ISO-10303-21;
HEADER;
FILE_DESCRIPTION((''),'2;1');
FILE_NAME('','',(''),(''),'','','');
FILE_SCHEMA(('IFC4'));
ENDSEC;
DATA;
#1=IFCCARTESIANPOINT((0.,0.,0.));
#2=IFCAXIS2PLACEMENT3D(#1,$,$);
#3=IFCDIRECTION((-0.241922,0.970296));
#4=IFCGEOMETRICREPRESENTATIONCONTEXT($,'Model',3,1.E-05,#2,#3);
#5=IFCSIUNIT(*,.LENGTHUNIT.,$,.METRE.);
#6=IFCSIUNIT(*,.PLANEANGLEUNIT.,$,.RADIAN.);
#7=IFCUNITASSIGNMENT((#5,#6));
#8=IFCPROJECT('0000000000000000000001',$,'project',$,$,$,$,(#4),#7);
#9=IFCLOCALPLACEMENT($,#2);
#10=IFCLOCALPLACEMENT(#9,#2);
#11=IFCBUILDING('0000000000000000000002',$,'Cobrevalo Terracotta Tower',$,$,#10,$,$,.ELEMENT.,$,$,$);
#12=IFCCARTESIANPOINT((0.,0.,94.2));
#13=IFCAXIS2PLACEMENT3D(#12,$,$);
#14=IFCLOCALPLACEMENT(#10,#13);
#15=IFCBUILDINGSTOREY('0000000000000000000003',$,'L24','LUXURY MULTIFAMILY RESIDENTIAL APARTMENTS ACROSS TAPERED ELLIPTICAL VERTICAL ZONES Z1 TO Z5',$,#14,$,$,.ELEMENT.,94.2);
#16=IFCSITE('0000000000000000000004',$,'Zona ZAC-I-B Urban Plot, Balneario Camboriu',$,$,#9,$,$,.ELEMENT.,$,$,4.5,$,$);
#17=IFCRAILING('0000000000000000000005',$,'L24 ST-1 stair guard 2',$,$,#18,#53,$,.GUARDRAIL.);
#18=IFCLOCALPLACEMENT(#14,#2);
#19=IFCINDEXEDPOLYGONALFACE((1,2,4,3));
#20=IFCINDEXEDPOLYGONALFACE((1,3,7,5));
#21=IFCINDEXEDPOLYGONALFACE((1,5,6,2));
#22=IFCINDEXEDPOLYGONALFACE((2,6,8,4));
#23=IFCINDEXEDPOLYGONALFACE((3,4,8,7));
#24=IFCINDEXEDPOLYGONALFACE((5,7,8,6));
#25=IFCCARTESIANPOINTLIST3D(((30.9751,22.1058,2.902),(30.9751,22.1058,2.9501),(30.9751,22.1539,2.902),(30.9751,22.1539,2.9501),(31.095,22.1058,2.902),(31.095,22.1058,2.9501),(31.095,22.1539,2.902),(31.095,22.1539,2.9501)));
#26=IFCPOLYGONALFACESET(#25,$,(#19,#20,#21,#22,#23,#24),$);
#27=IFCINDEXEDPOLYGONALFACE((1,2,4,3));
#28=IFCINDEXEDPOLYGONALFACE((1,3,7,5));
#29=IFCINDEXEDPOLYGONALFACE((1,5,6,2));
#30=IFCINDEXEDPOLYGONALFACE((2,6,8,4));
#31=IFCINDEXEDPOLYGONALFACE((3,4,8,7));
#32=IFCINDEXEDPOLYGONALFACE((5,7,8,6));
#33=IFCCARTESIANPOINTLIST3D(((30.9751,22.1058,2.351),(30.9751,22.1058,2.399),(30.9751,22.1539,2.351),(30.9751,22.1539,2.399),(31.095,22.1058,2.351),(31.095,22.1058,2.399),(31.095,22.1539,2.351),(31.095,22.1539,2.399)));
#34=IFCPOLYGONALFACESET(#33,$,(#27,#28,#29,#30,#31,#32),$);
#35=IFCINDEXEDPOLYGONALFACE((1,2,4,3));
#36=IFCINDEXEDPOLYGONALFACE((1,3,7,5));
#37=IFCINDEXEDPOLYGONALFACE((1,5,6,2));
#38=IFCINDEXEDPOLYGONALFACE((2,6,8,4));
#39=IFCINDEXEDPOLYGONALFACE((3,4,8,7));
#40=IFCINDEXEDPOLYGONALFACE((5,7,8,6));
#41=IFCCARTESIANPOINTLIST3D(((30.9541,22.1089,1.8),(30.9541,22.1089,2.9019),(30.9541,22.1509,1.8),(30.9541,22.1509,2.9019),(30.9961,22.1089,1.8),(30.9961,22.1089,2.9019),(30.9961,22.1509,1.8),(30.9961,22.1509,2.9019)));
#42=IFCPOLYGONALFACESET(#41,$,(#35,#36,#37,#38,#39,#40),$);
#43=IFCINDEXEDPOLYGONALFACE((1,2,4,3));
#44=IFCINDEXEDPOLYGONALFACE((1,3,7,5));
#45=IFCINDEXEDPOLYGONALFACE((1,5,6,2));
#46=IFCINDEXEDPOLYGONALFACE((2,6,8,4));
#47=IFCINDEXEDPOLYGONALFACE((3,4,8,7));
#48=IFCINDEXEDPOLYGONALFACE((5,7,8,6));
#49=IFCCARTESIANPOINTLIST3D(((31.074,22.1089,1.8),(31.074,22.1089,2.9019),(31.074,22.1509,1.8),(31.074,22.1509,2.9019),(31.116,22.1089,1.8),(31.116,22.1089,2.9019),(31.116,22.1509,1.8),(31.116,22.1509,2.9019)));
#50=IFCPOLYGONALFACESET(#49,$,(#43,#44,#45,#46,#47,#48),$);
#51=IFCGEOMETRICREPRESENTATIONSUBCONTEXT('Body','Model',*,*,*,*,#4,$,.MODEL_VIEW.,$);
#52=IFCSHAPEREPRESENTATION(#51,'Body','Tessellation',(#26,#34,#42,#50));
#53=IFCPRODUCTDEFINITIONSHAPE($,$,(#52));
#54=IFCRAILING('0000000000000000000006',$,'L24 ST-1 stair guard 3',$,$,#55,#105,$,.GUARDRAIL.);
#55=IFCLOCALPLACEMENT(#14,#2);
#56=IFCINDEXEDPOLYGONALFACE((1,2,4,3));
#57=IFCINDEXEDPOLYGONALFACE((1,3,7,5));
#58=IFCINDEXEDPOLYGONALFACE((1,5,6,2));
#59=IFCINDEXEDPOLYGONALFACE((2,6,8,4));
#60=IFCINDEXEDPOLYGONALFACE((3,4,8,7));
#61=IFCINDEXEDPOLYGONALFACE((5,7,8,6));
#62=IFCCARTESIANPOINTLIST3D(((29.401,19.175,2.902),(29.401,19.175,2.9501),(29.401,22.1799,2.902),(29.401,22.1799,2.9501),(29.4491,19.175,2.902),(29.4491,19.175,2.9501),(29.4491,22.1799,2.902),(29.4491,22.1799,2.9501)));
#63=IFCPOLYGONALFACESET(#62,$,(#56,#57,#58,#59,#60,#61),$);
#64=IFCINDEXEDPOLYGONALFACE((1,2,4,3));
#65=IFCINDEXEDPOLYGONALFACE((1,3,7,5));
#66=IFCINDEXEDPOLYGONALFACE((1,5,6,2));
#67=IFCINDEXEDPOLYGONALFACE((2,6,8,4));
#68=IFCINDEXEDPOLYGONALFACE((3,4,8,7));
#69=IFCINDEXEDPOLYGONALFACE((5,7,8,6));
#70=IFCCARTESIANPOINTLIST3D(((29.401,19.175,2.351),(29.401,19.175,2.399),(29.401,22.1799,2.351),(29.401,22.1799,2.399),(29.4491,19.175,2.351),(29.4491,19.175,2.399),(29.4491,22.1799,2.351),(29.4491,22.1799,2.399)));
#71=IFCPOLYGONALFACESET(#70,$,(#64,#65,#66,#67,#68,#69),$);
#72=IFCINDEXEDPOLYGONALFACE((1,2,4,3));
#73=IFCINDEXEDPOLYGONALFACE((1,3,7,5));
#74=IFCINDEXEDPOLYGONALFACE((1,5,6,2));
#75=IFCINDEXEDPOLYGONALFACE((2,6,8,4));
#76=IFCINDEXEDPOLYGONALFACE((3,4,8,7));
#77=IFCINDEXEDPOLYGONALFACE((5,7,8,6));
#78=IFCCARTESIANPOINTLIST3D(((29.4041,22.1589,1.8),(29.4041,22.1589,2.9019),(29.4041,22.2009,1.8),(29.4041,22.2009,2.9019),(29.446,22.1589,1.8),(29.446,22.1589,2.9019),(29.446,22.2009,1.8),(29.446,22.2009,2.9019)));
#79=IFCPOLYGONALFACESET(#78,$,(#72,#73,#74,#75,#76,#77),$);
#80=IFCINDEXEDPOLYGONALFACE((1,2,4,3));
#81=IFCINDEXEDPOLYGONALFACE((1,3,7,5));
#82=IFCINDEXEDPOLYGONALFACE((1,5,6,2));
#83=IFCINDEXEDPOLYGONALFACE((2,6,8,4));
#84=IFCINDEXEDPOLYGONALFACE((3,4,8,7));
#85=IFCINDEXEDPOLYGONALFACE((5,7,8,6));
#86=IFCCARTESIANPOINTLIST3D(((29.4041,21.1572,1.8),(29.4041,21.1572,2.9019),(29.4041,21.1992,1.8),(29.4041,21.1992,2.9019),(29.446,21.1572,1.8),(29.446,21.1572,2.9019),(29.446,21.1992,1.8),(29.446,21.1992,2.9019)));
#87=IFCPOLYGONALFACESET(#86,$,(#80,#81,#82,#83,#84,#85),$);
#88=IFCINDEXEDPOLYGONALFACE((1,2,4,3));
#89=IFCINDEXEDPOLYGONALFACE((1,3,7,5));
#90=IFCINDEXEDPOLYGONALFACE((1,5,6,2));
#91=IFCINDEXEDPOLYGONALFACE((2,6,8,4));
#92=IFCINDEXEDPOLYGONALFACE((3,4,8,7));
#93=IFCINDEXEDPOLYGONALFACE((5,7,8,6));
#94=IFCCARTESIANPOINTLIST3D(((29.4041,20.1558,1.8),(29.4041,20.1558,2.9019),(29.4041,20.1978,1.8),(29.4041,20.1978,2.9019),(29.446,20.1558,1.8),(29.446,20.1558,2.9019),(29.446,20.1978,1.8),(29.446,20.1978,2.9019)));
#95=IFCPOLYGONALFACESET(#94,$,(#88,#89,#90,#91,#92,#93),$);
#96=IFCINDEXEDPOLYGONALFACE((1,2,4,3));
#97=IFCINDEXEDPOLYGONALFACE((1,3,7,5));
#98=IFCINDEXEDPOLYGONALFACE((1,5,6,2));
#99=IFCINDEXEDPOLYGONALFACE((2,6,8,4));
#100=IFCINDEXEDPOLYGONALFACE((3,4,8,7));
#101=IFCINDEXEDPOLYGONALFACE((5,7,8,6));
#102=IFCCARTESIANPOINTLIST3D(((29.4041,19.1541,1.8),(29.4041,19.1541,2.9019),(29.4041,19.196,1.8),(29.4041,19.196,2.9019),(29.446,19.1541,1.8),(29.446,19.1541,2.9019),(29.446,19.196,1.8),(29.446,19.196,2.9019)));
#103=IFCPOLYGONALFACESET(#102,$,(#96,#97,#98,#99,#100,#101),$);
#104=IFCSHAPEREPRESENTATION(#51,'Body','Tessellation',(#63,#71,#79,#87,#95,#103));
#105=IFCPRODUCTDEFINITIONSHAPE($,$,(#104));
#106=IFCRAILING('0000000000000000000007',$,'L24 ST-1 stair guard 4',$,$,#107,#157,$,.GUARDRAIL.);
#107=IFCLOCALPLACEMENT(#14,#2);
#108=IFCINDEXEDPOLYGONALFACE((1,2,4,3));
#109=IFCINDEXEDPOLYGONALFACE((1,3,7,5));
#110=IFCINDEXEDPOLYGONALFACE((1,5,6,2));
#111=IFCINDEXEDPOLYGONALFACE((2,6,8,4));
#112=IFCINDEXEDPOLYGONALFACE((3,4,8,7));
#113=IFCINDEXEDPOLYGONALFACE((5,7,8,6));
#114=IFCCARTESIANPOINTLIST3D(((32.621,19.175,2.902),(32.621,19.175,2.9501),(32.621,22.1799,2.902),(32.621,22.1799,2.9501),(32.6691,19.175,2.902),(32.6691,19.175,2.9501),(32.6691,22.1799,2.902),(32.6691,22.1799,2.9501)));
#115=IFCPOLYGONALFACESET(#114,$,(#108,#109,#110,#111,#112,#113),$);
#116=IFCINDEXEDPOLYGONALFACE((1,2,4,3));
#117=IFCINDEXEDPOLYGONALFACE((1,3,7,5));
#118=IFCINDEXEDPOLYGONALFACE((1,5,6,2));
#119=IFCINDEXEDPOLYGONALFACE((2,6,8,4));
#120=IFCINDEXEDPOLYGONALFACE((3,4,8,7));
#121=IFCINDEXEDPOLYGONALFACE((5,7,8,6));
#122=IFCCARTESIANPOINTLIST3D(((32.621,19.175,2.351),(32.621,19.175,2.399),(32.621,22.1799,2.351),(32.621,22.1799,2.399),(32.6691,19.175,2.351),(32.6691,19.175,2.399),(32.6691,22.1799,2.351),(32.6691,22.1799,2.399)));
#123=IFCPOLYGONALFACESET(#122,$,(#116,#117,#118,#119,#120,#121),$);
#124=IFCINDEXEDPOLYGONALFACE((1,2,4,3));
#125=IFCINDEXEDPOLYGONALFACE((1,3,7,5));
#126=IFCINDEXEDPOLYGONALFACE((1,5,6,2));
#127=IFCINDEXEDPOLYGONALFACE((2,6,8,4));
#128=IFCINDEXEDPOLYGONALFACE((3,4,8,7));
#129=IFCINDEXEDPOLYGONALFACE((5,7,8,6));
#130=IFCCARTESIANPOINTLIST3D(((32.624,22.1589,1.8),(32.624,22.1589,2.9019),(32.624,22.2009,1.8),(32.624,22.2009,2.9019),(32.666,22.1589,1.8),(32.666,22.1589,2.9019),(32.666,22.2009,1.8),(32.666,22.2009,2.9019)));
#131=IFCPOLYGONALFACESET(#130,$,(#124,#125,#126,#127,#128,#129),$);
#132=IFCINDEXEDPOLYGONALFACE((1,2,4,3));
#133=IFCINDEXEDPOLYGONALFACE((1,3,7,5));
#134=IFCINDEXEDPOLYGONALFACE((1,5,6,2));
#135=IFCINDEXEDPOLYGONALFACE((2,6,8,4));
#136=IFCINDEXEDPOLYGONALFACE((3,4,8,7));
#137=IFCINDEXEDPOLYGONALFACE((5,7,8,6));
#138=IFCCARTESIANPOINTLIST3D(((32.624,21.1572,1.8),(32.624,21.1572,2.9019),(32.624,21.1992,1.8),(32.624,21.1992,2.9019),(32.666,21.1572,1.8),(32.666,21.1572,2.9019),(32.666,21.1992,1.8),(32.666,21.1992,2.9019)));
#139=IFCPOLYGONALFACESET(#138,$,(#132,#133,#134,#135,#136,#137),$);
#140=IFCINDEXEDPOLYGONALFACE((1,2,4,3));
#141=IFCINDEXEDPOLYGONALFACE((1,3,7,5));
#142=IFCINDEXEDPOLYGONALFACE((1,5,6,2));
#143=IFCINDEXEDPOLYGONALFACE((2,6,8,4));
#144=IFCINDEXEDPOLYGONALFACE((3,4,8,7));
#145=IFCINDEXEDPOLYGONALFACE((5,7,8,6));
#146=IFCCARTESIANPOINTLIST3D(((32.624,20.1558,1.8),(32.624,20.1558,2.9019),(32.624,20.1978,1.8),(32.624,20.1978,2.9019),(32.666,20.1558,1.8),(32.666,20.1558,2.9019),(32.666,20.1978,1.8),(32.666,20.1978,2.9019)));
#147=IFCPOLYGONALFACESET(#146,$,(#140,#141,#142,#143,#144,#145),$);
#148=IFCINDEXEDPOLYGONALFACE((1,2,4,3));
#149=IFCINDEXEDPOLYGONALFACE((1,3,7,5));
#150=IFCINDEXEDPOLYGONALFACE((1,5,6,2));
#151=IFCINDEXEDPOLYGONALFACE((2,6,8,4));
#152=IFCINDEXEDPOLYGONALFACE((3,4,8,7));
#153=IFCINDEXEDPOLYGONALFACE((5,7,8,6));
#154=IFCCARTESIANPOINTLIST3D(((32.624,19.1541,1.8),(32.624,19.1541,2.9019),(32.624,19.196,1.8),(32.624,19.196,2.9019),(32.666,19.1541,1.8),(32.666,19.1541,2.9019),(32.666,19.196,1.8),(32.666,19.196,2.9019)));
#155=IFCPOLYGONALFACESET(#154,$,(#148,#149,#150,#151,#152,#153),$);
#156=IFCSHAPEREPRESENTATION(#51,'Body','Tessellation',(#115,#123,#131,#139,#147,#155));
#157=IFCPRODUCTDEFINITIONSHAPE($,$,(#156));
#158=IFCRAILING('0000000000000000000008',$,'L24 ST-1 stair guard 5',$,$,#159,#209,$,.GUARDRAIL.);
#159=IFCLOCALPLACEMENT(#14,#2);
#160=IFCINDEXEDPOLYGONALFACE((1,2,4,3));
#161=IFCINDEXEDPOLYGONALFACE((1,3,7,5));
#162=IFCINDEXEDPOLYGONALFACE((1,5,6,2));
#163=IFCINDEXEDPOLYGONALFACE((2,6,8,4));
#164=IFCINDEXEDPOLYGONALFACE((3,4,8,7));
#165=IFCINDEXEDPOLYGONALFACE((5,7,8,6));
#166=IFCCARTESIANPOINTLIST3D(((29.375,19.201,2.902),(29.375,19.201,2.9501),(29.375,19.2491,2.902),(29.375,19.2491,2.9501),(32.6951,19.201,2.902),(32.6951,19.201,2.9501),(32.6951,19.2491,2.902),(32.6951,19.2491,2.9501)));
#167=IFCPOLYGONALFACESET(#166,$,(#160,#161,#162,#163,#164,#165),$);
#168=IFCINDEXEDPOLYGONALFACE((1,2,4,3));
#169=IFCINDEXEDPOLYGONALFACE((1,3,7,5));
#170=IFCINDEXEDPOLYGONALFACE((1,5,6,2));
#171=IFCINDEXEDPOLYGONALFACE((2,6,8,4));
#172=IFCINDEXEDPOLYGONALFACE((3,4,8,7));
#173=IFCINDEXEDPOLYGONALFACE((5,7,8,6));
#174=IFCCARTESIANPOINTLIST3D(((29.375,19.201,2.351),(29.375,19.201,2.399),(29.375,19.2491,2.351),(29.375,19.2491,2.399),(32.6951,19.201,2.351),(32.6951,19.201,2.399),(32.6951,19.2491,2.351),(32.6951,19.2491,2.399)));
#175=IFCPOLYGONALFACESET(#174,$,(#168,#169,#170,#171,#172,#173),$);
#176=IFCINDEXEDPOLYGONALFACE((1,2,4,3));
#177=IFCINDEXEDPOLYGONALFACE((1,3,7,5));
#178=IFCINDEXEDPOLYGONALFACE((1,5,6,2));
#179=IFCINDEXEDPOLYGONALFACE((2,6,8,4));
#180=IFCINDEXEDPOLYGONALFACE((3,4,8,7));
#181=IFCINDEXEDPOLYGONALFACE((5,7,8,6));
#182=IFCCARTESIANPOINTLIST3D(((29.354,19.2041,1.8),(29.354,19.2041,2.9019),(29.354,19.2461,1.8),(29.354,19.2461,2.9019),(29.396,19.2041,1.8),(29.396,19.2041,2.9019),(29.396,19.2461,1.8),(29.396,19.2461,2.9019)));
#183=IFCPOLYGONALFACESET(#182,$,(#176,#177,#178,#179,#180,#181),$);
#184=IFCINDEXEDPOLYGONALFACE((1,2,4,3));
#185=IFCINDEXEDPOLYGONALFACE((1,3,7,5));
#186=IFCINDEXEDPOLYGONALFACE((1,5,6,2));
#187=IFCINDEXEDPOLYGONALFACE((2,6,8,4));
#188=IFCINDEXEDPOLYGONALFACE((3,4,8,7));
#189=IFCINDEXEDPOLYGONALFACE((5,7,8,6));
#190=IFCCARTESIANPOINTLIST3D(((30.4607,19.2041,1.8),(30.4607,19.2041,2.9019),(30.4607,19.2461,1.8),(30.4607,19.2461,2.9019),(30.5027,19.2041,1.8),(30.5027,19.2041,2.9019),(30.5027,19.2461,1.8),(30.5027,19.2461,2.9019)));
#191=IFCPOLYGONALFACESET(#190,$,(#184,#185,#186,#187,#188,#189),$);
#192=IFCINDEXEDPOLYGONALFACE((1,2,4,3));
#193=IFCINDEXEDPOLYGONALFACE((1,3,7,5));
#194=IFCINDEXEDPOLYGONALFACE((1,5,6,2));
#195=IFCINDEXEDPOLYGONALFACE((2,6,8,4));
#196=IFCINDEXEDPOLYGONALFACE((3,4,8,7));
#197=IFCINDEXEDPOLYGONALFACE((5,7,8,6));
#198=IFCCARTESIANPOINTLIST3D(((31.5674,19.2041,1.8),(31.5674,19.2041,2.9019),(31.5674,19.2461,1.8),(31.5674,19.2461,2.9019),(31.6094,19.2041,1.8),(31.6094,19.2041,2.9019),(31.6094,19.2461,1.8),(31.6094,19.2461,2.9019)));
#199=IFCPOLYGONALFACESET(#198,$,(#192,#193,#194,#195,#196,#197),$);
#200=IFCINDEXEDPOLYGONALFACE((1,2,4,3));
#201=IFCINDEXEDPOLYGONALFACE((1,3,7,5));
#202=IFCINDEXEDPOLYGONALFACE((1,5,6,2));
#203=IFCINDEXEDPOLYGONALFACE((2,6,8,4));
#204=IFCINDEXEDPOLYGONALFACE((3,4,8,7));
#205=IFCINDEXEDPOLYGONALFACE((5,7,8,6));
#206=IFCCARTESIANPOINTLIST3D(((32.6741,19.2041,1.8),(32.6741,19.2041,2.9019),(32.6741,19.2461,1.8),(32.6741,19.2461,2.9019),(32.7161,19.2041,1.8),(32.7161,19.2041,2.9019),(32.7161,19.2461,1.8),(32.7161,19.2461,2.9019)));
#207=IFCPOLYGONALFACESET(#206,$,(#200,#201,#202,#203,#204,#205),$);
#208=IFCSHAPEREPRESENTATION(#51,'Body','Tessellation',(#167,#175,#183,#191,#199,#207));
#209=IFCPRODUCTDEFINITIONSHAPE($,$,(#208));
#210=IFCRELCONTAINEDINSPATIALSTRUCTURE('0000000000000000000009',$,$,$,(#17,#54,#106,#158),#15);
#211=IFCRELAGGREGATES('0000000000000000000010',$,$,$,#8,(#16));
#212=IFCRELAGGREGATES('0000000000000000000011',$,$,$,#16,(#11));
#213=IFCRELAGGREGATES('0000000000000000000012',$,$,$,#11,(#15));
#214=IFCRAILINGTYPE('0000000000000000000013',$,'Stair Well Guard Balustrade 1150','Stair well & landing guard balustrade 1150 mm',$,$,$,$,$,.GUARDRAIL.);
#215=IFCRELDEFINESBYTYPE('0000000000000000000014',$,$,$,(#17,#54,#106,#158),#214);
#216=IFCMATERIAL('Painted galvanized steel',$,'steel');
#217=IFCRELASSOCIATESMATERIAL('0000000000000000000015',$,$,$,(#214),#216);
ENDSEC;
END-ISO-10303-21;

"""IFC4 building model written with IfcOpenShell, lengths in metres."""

from ifc_helpers import new_model, si_unit, direction, frame, origin, origin_2d, place, context, subcontext, project, spatial, rectangle, extrude, material, type_object, element, save


model = new_model("IFC4")

# Units and contexts
model_context = context("Model", 3, precision=1e-05, world=origin(), true_north=direction((-0.241922, 0.970296)))
body_context = subcontext(model_context, "Body", "Model", "MODEL_VIEW")
ifc_project = project(units=[si_unit("LENGTHUNIT", "METRE"), si_unit("PLANEANGLEUNIT", "RADIAN")], contexts=[model_context])

# Site, building, storey
site_placement = place(None, origin())
site = spatial("IfcSite", under=ifc_project, at=site_placement, Name="Zona ZAC-I-B Urban Plot, Balneario Camboriu", CompositionType="ELEMENT", RefElevation=4.5)
building_placement = place(site_placement, origin())
building = spatial("IfcBuilding", under=site, at=building_placement, Name="Cobrevalo Terracotta Tower", CompositionType="ELEMENT")
storey_placement = place(building_placement, frame((0.0, 0.0, 94.2)))
storey = spatial("IfcBuildingStorey", under=building, at=storey_placement, Name="L24", Description="LUXURY MULTIFAMILY RESIDENTIAL APARTMENTS ACROSS TAPERED ELLIPTICAL VERTICAL ZONES Z1 TO Z5", CompositionType="ELEMENT", Elevation=94.2)

# Railings
ifc_material_1 = material(Name="Painted galvanized steel", Category="steel")
railing_type_1 = type_object("IfcRailingType", Name="Stair Well Guard Balustrade 1150", Description="Stair well & landing guard balustrade 1150 mm", PredefinedType="GUARDRAIL", material=ifc_material_1)
railing_1_placement = place(storey_placement, frame((30.9751, 22.1299, 1.8)))
element("IfcRailing", 1, at=railing_1_placement, inside=storey, type_object=railing_type_1, Name="L24 ST-1 stair guard 2", PredefinedType="GUARDRAIL", context=body_context, shape_type="SweptSolid", body=[
    extrude(rectangle(XDim=0.0481, YDim=0.0481, at=origin_2d()), frame((0.0, 0.0, 1.126), z_axis=(1.0, 0.0, 0.0), x_axis=(0.0, 1.0, 0.0)), (0.0, 0.0, 1.0), 0.1199),
    extrude(rectangle(XDim=0.0481, YDim=0.0481, at=origin_2d()), frame((0.0, 0.0, 0.575), z_axis=(1.0, 0.0, 0.0), x_axis=(0.0, 1.0, 0.0)), (0.0, 0.0, 1.0), 0.1199),
    extrude(rectangle(XDim=0.042, YDim=0.042, at=origin_2d()), origin(), (0.0, 0.0, 1.0), 1.1018),
    extrude(rectangle(XDim=0.042, YDim=0.042, at=origin_2d()), frame((0.1199, 0.0, 0.0)), (0.0, 0.0, 1.0), 1.1018),
])
for number, where, name in (
    (2, (29.425, 22.1799, 1.8), "L24 ST-1 stair guard 3"),
    (3, (32.645, 22.1799, 1.8), "L24 ST-1 stair guard 4"),
):
    element("IfcRailing", number, at=place(storey_placement, frame(where)), inside=storey, type_object=railing_type_1, Name=name, PredefinedType="GUARDRAIL", context=body_context, shape_type="SweptSolid", body=[
        extrude(rectangle(XDim=0.0481, YDim=0.0481, at=origin_2d()), frame((0.0, 0.0, 1.126), z_axis=(0.0, -1.0, 0.0), x_axis=(1.0, 0.0, 0.0)), (0.0, 0.0, 1.0), 3.0049),
        extrude(rectangle(XDim=0.0481, YDim=0.0481, at=origin_2d()), frame((0.0, 0.0, 0.575), z_axis=(0.0, -1.0, 0.0), x_axis=(1.0, 0.0, 0.0)), (0.0, 0.0, 1.0), 3.0049),
        extrude(rectangle(XDim=0.042, YDim=0.042, at=origin_2d()), origin(), (0.0, 0.0, 1.0), 1.1018),
        extrude(rectangle(XDim=0.042, YDim=0.042, at=origin_2d()), frame((0.0, -1.0017, 0.0)), (0.0, 0.0, 1.0), 1.1018),
        extrude(rectangle(XDim=0.042, YDim=0.042, at=origin_2d()), frame((0.0, -2.0032, 0.0)), (0.0, 0.0, 1.0), 1.1018),
        extrude(rectangle(XDim=0.042, YDim=0.042, at=origin_2d()), frame((0.0, -3.0049, 0.0)), (0.0, 0.0, 1.0), 1.1018),
    ])
railing_2_placement = place(storey_placement, frame((29.375, 19.2251, 1.8)))
element("IfcRailing", 4, at=railing_2_placement, inside=storey, type_object=railing_type_1, Name="L24 ST-1 stair guard 5", PredefinedType="GUARDRAIL", context=body_context, shape_type="SweptSolid", body=[
    extrude(rectangle(XDim=0.0481, YDim=0.0481, at=origin_2d()), frame((0.0, 0.0, 1.126), z_axis=(1.0, 0.0, 0.0), x_axis=(0.0, 1.0, 0.0)), (0.0, 0.0, 1.0), 3.3201),
    extrude(rectangle(XDim=0.0481, YDim=0.0481, at=origin_2d()), frame((0.0, 0.0, 0.575), z_axis=(1.0, 0.0, 0.0), x_axis=(0.0, 1.0, 0.0)), (0.0, 0.0, 1.0), 3.3201),
    extrude(rectangle(XDim=0.042, YDim=0.042, at=origin_2d()), origin(), (0.0, 0.0, 1.0), 1.1018),
    extrude(rectangle(XDim=0.042, YDim=0.042, at=origin_2d()), frame((1.1067, 0.0, 0.0)), (0.0, 0.0, 1.0), 1.1018),
    extrude(rectangle(XDim=0.042, YDim=0.042, at=origin_2d()), frame((2.2134, 0.0, 0.0)), (0.0, 0.0, 1.0), 1.1018),
    extrude(rectangle(XDim=0.042, YDim=0.042, at=origin_2d()), frame((3.3201, 0.0, 0.0)), (0.0, 0.0, 1.0), 1.1018),
])

save(model, "model.ifc")
